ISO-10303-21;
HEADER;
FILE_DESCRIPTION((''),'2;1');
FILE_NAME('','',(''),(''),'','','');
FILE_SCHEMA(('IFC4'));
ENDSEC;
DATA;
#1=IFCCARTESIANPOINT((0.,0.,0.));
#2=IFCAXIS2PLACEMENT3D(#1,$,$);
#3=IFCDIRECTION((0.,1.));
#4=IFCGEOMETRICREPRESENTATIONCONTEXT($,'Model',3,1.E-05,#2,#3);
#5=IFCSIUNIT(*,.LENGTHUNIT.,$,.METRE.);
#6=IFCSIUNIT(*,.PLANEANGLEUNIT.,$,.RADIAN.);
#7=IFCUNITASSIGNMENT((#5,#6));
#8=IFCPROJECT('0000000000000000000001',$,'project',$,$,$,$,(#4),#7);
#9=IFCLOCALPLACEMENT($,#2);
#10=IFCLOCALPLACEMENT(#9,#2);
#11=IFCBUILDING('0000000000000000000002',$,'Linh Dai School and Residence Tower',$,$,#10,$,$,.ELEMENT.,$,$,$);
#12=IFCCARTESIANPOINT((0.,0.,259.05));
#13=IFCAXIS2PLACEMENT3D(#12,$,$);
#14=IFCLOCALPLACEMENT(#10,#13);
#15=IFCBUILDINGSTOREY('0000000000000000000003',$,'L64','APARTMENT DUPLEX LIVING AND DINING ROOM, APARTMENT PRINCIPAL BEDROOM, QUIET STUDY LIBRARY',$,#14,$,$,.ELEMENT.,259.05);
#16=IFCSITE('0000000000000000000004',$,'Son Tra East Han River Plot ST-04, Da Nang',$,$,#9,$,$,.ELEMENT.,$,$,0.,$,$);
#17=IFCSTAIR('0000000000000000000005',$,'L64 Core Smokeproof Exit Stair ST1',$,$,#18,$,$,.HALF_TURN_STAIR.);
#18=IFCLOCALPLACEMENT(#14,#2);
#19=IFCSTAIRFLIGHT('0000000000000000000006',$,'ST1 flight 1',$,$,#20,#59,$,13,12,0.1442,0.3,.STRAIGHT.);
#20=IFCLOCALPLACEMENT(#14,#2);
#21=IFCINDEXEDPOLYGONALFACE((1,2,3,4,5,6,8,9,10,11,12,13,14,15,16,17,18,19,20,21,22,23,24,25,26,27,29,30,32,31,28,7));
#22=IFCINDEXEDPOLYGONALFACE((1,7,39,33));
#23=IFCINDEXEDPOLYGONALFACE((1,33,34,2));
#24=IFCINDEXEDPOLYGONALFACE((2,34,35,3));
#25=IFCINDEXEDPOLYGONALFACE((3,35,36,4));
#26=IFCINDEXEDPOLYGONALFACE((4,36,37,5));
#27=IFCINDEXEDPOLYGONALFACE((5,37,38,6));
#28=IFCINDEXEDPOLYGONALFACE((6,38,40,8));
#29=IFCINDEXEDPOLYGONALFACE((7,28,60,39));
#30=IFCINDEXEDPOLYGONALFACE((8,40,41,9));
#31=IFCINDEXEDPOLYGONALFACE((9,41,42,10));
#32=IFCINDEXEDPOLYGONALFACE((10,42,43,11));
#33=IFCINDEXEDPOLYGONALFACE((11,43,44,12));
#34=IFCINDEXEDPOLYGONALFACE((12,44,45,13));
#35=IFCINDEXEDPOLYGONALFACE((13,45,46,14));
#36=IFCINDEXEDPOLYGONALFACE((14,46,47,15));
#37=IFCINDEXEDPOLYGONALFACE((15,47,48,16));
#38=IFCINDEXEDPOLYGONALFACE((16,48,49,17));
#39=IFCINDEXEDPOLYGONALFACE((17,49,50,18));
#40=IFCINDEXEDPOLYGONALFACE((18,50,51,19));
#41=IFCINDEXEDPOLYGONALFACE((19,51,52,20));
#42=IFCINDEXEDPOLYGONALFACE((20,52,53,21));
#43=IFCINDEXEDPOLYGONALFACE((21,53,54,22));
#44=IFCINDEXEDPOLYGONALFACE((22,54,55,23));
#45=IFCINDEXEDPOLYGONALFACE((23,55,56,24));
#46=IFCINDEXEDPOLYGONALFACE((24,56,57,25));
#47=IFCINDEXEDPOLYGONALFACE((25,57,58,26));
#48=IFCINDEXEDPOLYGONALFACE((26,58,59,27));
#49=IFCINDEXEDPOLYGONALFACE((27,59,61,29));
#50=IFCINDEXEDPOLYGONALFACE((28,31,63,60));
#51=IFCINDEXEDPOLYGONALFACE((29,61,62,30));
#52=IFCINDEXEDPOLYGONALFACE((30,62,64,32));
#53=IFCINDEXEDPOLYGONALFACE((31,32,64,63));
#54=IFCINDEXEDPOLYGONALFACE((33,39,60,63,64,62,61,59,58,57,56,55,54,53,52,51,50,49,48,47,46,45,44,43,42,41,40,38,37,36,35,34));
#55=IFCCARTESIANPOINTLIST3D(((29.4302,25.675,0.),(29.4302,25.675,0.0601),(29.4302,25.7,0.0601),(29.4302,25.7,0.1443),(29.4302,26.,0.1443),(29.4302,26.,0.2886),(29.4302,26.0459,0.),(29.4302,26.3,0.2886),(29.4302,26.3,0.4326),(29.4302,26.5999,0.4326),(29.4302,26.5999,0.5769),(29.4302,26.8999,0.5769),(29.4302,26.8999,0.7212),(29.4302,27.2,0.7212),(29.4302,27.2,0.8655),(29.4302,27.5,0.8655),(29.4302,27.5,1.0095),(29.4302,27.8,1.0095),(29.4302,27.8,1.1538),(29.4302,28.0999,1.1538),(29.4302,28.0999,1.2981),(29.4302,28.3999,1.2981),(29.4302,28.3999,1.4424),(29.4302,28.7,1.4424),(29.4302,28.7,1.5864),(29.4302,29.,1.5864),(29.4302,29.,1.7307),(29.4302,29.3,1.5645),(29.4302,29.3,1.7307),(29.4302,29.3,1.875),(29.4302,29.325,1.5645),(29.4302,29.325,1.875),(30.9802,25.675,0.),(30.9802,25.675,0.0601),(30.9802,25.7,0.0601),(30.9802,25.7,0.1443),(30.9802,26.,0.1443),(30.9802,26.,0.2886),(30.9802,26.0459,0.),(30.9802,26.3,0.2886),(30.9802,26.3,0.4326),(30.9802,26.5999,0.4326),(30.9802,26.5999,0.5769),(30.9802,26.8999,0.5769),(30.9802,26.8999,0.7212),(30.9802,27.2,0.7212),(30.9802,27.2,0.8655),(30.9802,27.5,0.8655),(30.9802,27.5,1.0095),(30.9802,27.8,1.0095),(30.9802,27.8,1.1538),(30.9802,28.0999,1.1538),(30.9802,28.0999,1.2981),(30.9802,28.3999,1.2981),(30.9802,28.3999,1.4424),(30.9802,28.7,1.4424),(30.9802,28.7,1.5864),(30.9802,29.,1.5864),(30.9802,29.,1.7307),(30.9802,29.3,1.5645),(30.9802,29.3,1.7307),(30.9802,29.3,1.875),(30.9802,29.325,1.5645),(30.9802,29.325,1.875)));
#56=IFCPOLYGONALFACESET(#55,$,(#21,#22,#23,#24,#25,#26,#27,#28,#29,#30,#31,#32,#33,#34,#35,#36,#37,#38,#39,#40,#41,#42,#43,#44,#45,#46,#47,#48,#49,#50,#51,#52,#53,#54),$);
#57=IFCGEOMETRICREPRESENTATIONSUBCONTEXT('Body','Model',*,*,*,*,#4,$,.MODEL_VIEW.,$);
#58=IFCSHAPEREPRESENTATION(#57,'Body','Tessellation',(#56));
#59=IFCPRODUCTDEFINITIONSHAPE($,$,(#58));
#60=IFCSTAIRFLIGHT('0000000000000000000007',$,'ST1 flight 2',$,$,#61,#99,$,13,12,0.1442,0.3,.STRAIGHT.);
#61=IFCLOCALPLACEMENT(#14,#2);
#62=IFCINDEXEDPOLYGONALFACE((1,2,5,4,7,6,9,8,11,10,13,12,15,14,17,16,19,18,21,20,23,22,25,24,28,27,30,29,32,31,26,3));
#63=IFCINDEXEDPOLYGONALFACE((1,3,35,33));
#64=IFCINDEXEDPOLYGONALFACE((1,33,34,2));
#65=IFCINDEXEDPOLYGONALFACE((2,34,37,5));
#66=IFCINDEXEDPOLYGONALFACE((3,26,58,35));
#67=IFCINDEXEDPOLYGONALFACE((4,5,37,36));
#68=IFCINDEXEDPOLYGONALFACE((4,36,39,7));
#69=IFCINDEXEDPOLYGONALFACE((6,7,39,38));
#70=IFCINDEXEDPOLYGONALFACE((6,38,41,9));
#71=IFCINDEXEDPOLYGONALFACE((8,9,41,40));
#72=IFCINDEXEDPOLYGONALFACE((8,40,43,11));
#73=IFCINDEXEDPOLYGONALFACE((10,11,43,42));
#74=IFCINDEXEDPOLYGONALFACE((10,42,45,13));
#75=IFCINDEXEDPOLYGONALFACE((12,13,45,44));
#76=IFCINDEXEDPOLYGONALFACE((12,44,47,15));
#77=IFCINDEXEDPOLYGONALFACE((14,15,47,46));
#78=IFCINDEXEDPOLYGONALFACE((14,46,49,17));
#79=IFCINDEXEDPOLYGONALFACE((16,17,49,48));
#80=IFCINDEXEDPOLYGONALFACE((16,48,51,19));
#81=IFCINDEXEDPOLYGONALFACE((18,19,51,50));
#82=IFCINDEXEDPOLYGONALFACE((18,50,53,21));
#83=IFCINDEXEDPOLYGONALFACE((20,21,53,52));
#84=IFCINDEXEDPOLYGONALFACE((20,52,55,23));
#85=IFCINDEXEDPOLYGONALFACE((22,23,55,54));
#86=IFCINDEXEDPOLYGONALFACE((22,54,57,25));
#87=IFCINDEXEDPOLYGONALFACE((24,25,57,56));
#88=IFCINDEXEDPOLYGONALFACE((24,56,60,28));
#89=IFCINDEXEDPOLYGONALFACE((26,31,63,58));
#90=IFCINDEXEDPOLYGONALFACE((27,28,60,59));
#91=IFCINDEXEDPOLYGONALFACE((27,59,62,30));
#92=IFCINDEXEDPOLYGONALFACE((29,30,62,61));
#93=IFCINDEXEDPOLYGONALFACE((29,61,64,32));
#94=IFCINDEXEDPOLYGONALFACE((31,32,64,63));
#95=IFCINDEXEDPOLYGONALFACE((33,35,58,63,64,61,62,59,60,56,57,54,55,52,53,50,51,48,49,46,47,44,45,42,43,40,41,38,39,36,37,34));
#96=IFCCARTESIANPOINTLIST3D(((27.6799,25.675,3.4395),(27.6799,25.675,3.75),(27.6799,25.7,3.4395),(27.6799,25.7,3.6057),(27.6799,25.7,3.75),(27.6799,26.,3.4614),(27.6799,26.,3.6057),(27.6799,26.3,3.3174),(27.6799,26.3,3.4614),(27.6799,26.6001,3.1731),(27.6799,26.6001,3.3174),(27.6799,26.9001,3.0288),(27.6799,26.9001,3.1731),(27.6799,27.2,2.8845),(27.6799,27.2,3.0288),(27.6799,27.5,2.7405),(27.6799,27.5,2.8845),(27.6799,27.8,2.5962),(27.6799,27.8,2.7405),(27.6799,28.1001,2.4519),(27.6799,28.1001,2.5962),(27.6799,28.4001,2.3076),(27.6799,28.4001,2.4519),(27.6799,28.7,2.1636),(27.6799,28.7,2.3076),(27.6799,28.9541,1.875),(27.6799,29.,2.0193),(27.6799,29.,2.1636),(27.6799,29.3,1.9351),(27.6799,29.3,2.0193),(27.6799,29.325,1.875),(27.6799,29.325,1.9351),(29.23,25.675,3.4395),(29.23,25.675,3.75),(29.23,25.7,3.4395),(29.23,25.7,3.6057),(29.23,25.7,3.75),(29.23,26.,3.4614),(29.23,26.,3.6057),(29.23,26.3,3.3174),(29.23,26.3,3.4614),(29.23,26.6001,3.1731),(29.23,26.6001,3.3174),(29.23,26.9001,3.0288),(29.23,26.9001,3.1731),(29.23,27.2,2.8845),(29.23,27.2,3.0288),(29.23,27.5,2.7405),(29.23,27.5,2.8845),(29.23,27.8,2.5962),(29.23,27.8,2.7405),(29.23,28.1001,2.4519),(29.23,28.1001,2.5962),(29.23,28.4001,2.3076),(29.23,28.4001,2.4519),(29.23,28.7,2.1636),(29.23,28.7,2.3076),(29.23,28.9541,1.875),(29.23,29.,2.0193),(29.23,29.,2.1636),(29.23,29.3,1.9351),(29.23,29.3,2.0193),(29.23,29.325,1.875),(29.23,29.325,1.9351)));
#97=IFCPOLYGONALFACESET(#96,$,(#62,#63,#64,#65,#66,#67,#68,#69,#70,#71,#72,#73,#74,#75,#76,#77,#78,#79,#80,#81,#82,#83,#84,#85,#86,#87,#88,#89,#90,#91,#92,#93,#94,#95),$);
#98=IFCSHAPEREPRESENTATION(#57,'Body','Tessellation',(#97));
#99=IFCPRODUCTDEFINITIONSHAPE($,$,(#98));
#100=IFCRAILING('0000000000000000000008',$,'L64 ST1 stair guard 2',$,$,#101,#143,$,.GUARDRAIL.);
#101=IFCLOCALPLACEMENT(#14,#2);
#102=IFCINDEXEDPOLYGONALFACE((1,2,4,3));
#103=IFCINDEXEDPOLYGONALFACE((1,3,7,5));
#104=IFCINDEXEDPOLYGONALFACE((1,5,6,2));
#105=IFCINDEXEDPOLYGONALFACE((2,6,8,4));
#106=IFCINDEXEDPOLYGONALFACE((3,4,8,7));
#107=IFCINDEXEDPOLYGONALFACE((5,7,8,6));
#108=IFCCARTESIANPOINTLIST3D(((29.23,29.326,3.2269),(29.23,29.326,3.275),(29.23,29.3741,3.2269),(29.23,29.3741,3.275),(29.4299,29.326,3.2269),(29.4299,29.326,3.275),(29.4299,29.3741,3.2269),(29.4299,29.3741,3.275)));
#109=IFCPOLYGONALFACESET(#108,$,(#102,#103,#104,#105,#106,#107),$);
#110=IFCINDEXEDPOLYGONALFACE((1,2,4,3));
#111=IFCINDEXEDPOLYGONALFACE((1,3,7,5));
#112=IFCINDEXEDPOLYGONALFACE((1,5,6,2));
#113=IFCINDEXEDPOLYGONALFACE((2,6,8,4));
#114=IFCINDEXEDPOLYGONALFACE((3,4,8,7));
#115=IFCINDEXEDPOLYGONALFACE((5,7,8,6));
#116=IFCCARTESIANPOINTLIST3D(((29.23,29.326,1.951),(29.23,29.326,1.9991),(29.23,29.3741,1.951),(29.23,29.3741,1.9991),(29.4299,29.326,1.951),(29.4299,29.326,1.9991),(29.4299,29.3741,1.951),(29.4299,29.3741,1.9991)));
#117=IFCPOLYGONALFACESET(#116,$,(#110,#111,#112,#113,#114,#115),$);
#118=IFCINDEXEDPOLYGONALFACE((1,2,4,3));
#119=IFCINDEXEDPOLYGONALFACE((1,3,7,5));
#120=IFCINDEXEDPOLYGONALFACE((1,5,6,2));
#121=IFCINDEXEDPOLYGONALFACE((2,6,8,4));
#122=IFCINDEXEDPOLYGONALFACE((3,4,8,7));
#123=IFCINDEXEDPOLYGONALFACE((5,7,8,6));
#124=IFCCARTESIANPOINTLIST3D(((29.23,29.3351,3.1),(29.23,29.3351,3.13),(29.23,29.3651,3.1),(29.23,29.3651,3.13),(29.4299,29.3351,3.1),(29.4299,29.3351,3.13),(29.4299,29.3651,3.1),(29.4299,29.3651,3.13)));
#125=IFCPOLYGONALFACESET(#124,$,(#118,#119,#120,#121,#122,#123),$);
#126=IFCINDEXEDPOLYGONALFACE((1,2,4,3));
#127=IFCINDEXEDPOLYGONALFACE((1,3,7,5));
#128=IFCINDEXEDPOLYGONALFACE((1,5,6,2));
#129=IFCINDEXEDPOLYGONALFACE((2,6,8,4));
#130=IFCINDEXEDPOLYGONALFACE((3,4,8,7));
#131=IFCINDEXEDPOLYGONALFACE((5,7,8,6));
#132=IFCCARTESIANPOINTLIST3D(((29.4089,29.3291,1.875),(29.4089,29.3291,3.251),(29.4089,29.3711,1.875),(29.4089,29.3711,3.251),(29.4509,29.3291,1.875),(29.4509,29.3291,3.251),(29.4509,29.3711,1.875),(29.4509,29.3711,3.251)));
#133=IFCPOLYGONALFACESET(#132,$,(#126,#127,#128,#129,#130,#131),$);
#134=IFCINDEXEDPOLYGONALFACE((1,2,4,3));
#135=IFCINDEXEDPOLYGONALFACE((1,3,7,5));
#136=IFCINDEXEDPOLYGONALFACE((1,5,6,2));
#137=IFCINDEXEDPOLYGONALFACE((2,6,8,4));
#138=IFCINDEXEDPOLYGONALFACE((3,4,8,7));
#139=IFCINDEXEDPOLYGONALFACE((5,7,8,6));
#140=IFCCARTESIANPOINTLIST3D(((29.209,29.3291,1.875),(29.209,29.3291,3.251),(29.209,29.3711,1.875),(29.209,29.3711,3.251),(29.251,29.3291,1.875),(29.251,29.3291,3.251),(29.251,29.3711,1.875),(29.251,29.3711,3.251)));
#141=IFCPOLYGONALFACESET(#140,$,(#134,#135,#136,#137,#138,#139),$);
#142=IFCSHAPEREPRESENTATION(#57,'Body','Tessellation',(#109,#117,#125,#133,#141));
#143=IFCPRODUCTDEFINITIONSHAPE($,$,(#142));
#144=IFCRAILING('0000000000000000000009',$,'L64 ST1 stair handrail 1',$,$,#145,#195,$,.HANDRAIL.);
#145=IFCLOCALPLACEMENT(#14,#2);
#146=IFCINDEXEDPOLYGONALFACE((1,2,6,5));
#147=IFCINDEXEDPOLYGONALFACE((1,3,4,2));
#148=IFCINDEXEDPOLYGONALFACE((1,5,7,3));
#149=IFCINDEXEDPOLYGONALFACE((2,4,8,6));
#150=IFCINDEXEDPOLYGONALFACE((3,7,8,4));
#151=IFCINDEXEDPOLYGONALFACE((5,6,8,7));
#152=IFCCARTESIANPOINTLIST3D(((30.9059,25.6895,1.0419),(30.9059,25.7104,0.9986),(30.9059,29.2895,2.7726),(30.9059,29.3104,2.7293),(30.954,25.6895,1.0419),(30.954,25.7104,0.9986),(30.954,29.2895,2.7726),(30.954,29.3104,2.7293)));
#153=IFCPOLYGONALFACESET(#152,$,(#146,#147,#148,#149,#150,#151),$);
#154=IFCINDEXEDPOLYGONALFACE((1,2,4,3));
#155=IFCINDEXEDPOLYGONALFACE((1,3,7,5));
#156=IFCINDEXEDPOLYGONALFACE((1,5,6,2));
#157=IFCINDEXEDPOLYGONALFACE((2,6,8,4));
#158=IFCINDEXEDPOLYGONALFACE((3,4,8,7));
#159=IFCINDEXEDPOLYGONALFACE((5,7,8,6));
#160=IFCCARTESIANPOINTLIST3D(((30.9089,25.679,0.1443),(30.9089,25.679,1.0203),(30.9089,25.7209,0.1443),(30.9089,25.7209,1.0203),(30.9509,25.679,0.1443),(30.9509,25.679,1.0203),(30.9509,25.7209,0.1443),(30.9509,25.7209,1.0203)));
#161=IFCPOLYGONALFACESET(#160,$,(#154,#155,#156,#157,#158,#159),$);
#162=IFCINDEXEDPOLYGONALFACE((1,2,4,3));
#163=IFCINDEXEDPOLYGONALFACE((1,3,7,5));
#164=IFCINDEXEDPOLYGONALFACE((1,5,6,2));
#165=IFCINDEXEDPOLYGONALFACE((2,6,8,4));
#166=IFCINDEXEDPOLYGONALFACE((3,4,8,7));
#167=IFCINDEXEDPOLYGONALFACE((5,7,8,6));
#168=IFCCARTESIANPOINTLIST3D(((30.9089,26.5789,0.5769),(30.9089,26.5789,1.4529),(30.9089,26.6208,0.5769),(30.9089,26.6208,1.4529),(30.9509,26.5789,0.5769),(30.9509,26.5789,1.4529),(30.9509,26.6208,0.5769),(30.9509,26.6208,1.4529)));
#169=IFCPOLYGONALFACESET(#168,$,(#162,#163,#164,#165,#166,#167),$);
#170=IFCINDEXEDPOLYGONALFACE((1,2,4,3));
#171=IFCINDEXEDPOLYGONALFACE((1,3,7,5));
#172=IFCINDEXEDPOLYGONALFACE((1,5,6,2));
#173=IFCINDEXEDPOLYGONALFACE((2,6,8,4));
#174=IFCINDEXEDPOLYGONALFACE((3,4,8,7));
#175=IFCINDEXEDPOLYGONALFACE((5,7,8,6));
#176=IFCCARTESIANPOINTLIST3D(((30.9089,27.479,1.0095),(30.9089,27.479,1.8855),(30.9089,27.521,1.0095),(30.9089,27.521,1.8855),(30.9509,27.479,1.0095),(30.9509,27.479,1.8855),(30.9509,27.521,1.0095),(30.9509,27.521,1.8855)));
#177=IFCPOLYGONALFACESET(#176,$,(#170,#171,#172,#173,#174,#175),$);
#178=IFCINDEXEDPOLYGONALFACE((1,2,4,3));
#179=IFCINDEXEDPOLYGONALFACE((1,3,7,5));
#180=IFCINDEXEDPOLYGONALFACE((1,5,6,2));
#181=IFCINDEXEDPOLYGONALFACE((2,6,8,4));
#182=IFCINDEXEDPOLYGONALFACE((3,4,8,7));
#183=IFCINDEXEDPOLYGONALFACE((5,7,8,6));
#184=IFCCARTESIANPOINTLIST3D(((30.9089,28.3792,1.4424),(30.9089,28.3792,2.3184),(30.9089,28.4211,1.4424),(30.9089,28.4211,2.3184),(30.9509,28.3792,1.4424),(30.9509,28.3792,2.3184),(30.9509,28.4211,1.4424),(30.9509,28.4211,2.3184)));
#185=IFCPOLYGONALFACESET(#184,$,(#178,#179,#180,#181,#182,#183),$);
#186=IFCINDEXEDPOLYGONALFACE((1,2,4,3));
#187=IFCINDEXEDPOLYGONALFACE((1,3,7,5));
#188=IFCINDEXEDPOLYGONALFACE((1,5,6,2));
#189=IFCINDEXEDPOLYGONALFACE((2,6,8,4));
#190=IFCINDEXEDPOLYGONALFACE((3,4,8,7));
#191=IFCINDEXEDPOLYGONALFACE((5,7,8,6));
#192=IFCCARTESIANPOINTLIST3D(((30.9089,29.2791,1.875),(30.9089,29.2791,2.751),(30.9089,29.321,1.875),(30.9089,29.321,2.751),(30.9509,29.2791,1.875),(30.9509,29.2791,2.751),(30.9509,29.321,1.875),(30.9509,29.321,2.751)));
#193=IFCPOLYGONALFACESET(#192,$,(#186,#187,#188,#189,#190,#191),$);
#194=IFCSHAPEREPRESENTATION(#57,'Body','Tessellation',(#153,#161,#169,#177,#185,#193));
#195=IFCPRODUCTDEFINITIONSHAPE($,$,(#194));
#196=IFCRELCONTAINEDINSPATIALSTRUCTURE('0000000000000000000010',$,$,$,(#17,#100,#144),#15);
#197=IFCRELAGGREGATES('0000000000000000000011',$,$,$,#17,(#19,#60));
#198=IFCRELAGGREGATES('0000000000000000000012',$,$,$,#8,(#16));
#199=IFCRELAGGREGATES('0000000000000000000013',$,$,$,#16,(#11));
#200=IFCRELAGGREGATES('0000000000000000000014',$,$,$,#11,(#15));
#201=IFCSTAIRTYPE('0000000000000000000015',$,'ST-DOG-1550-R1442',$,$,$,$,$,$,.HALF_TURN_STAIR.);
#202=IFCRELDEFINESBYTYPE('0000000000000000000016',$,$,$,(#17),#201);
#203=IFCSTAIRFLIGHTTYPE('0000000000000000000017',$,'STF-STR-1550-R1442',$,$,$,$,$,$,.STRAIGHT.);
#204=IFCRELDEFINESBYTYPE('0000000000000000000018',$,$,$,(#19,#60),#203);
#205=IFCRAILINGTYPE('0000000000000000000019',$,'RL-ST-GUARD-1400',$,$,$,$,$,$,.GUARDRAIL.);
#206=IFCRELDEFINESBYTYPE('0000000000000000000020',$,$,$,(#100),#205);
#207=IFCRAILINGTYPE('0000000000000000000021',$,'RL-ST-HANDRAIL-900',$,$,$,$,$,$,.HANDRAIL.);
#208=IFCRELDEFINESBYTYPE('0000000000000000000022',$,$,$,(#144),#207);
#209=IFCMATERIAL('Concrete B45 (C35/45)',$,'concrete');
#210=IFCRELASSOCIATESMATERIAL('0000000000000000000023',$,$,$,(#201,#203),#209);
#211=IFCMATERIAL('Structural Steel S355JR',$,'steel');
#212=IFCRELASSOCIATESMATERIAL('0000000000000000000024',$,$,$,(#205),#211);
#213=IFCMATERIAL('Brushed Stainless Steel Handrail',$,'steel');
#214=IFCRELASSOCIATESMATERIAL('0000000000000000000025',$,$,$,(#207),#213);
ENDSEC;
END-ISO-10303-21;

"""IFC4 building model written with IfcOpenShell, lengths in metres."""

from ifc_helpers import new_model, si_unit, direction, frame, origin, origin_2d, place, context, subcontext, project, spatial, polyline, rectangle, outline, extrude, source, transform, mapped, material, type_object, element, aggregate, save


model = new_model("IFC4")

# Units and contexts
model_context = context("Model", 3, precision=1e-05, world=origin(), true_north=direction((0.0, 1.0)))
body_context = subcontext(model_context, "Body", "Model", "MODEL_VIEW")
ifc_project = project(units=[si_unit("LENGTHUNIT", "METRE"), si_unit("PLANEANGLEUNIT", "RADIAN")], contexts=[model_context])

# Site, building, storey
site_placement = place(None, origin())
site = spatial("IfcSite", under=ifc_project, at=site_placement, Name="Son Tra East Han River Plot ST-04, Da Nang", CompositionType="ELEMENT", RefElevation=0.0)
building_placement = place(site_placement, origin())
building = spatial("IfcBuilding", under=site, at=building_placement, Name="Linh Dai School and Residence Tower", CompositionType="ELEMENT")
storey_placement = place(building_placement, frame((0.0, 0.0, 259.05)))
storey = spatial("IfcBuildingStorey", under=building, at=storey_placement, Name="L64", Description="APARTMENT DUPLEX LIVING AND DINING ROOM, APARTMENT PRINCIPAL BEDROOM, QUIET STUDY LIBRARY", CompositionType="ELEMENT", Elevation=259.05)

# Shared definitions
ifc_material_1 = material(Name="Concrete B45 (C35/45)", Category="concrete")

# Stair, stair flights
stair_type = type_object("IfcStairType", Name="ST-DOG-1550-R1442", PredefinedType="HALF_TURN_STAIR", material=ifc_material_1)
stair_placement = place(storey_placement, origin())
stair = element("IfcStair", 1, at=stair_placement, inside=storey, type_object=stair_type, Name="L64 Core Smokeproof Exit Stair ST1", PredefinedType="HALF_TURN_STAIR")
stair_flight_type = type_object("IfcStairFlightType", Name="STF-STR-1550-R1442", PredefinedType="STRAIGHT", material=ifc_material_1)
shared_shape_1 = source(origin(), body_context, "Body", "SweptSolid", [
    extrude(outline(polyline([(-0.0249, 0.0), (-0.0249, 0.0601), (0.0, 0.0601), (0.0, 0.1443), (0.3, 0.1443), (0.3, 0.2886), (0.6001, 0.2886), (0.6001, 0.4326), (0.8999, 0.4326), (0.8999, 0.5769), (1.2, 0.5769), (1.2, 0.7212), (1.5, 0.7212), (1.5, 0.8655), (1.8, 0.8655), (1.8, 1.0095), (2.1001, 1.0095), (2.1001, 1.1538), (2.3999, 1.1538), (2.3999, 1.2981), (2.7, 1.2981), (2.7, 1.4424), (3.0, 1.4424), (3.0, 1.5864), (3.3, 1.5864), (3.3, 1.7307), (3.6001, 1.7307), (3.6001, 1.875), (3.625, 1.875), (3.625, 1.5645), (3.6001, 1.5645), (0.3459, 0.0), (-0.0249, 0.0)])), frame((0.0, 0.7749, 0.0), z_axis=(0.0, -1.0, 0.0), x_axis=(1.0, 0.0, 0.0)), (0.0, 0.0, 1.0), 1.55),
])
stair_flight_1_placement = place(storey_placement, frame((30.2051, 25.7, 0.0), z_axis=(0.0, 0.0, 1.0), x_axis=(0.0, 1.0, 0.0)))
stair_flight_1 = element("IfcStairFlight", 2, at=stair_flight_1_placement, type_object=stair_flight_type, Name="ST1 flight 1", NumberOfRisers=13, NumberOfTreads=12, PredefinedType="STRAIGHT", RiserHeight=0.1442, TreadLength=0.3, context=body_context, shape_type="MappedRepresentation", body=[
    mapped(shared_shape_1, transform((0.0, 0.0, 0.0), x_axis=(1.0, 0.0, 0.0), y_axis=(0.0, 1.0, 0.0), z_axis=(0.0, 0.0, 1.0), scale=1.0)),
])
stair_flight_2_placement = place(storey_placement, frame((28.4551, 29.3, 1.875), z_axis=(0.0, 0.0, 1.0), x_axis=(0.0, -1.0, 0.0)))
stair_flight_2 = element("IfcStairFlight", 3, at=stair_flight_2_placement, type_object=stair_flight_type, Name="ST1 flight 2", NumberOfRisers=13, NumberOfTreads=12, PredefinedType="STRAIGHT", RiserHeight=0.1442, TreadLength=0.3, context=body_context, shape_type="MappedRepresentation", body=[
    mapped(shared_shape_1, transform((0.0, 0.0, 0.0), x_axis=(1.0, 0.0, 0.0), y_axis=(0.0, 1.0, 0.0), z_axis=(0.0, 0.0, 1.0), scale=1.0)),
])
aggregate(stair, [stair_flight_1, stair_flight_2])

# Railings
ifc_material_2 = material(Name="Structural Steel S355JR", Category="steel")
railing_type_1 = type_object("IfcRailingType", Name="RL-ST-GUARD-1400", PredefinedType="GUARDRAIL", material=ifc_material_2)
shared_shape_2 = source(origin(), body_context, "Body", "SweptSolid", [
    extrude(rectangle(XDim=0.0481, YDim=0.0481, at=origin_2d()), frame((0.0, 0.0, 1.376), z_axis=(-1.0, 0.0, 0.0), x_axis=(0.0, -1.0, 0.0)), (0.0, 0.0, 1.0), 0.2),
    extrude(rectangle(XDim=0.0481, YDim=0.0481, at=origin_2d()), frame((0.0, 0.0, 0.1001), z_axis=(-1.0, 0.0, 0.0), x_axis=(0.0, -1.0, 0.0)), (0.0, 0.0, 1.0), 0.2),
    extrude(rectangle(XDim=0.03, YDim=0.03, at=origin_2d()), frame((0.0, 0.0, 1.24), z_axis=(-1.0, 0.0, 0.0), x_axis=(0.0, -1.0, 0.0)), (0.0, 0.0, 1.0), 0.2),
    extrude(rectangle(XDim=0.042, YDim=0.042, at=origin_2d()), origin(), (0.0, 0.0, 1.0), 1.376),
    extrude(rectangle(XDim=0.042, YDim=0.042, at=origin_2d()), frame((-0.2, 0.0, 0.0)), (0.0, 0.0, 1.0), 1.376),
])
railing_1_placement = place(storey_placement, frame((29.4299, 29.3501, 1.875)))
element("IfcRailing", 4, at=railing_1_placement, inside=storey, type_object=railing_type_1, Name="L64 ST1 stair guard 2", PredefinedType="GUARDRAIL", context=body_context, shape_type="MappedRepresentation", body=[
    mapped(shared_shape_2, transform((0.0, 0.0, 0.0), x_axis=(1.0, 0.0, 0.0), y_axis=(0.0, 1.0, 0.0), z_axis=(0.0, 0.0, 1.0), scale=1.0)),
])
ifc_material_3 = material(Name="Brushed Stainless Steel Handrail", Category="steel")
railing_type_2 = type_object("IfcRailingType", Name="RL-ST-HANDRAIL-900", PredefinedType="HANDRAIL", material=ifc_material_3)
shared_shape_3 = source(origin(), body_context, "Body", "SweptSolid", [
    extrude(rectangle(XDim=0.0481, YDim=0.0481, at=origin_2d()), frame((0.0, 0.0, 0.876), z_axis=(0.0, 0.901263, 0.433273), x_axis=(-1.0, 0.0, 0.0)), (0.0, 0.0, 1.0), 3.9944),
    extrude(rectangle(XDim=0.042, YDim=0.042, at=origin_2d()), origin(), (0.0, 0.0, 1.0), 0.876),
    extrude(rectangle(XDim=0.042, YDim=0.042, at=origin_2d()), frame((0.0, 0.8999, 0.4326)), (0.0, 0.0, 1.0), 0.876),
    extrude(rectangle(XDim=0.042, YDim=0.042, at=origin_2d()), frame((0.0, 1.8, 0.8652)), (0.0, 0.0, 1.0), 0.876),
    extrude(rectangle(XDim=0.042, YDim=0.042, at=origin_2d()), frame((0.0, 2.7002, 1.2981)), (0.0, 0.0, 1.0), 0.876),
    extrude(rectangle(XDim=0.042, YDim=0.042, at=origin_2d()), frame((0.0, 3.6001, 1.7307)), (0.0, 0.0, 1.0), 0.876),
])
railing_2_placement = place(storey_placement, frame((30.9299, 25.7, 0.1443)))
element("IfcRailing", 5, at=railing_2_placement, inside=storey, type_object=railing_type_2, Name="L64 ST1 stair handrail 1", PredefinedType="HANDRAIL", context=body_context, shape_type="MappedRepresentation", body=[
    mapped(shared_shape_3, transform((0.0, 0.0, 0.0), x_axis=(1.0, 0.0, 0.0), y_axis=(0.0, 1.0, 0.0), z_axis=(0.0, 0.0, 1.0), scale=1.0)),
])

save(model, "model.ifc")
